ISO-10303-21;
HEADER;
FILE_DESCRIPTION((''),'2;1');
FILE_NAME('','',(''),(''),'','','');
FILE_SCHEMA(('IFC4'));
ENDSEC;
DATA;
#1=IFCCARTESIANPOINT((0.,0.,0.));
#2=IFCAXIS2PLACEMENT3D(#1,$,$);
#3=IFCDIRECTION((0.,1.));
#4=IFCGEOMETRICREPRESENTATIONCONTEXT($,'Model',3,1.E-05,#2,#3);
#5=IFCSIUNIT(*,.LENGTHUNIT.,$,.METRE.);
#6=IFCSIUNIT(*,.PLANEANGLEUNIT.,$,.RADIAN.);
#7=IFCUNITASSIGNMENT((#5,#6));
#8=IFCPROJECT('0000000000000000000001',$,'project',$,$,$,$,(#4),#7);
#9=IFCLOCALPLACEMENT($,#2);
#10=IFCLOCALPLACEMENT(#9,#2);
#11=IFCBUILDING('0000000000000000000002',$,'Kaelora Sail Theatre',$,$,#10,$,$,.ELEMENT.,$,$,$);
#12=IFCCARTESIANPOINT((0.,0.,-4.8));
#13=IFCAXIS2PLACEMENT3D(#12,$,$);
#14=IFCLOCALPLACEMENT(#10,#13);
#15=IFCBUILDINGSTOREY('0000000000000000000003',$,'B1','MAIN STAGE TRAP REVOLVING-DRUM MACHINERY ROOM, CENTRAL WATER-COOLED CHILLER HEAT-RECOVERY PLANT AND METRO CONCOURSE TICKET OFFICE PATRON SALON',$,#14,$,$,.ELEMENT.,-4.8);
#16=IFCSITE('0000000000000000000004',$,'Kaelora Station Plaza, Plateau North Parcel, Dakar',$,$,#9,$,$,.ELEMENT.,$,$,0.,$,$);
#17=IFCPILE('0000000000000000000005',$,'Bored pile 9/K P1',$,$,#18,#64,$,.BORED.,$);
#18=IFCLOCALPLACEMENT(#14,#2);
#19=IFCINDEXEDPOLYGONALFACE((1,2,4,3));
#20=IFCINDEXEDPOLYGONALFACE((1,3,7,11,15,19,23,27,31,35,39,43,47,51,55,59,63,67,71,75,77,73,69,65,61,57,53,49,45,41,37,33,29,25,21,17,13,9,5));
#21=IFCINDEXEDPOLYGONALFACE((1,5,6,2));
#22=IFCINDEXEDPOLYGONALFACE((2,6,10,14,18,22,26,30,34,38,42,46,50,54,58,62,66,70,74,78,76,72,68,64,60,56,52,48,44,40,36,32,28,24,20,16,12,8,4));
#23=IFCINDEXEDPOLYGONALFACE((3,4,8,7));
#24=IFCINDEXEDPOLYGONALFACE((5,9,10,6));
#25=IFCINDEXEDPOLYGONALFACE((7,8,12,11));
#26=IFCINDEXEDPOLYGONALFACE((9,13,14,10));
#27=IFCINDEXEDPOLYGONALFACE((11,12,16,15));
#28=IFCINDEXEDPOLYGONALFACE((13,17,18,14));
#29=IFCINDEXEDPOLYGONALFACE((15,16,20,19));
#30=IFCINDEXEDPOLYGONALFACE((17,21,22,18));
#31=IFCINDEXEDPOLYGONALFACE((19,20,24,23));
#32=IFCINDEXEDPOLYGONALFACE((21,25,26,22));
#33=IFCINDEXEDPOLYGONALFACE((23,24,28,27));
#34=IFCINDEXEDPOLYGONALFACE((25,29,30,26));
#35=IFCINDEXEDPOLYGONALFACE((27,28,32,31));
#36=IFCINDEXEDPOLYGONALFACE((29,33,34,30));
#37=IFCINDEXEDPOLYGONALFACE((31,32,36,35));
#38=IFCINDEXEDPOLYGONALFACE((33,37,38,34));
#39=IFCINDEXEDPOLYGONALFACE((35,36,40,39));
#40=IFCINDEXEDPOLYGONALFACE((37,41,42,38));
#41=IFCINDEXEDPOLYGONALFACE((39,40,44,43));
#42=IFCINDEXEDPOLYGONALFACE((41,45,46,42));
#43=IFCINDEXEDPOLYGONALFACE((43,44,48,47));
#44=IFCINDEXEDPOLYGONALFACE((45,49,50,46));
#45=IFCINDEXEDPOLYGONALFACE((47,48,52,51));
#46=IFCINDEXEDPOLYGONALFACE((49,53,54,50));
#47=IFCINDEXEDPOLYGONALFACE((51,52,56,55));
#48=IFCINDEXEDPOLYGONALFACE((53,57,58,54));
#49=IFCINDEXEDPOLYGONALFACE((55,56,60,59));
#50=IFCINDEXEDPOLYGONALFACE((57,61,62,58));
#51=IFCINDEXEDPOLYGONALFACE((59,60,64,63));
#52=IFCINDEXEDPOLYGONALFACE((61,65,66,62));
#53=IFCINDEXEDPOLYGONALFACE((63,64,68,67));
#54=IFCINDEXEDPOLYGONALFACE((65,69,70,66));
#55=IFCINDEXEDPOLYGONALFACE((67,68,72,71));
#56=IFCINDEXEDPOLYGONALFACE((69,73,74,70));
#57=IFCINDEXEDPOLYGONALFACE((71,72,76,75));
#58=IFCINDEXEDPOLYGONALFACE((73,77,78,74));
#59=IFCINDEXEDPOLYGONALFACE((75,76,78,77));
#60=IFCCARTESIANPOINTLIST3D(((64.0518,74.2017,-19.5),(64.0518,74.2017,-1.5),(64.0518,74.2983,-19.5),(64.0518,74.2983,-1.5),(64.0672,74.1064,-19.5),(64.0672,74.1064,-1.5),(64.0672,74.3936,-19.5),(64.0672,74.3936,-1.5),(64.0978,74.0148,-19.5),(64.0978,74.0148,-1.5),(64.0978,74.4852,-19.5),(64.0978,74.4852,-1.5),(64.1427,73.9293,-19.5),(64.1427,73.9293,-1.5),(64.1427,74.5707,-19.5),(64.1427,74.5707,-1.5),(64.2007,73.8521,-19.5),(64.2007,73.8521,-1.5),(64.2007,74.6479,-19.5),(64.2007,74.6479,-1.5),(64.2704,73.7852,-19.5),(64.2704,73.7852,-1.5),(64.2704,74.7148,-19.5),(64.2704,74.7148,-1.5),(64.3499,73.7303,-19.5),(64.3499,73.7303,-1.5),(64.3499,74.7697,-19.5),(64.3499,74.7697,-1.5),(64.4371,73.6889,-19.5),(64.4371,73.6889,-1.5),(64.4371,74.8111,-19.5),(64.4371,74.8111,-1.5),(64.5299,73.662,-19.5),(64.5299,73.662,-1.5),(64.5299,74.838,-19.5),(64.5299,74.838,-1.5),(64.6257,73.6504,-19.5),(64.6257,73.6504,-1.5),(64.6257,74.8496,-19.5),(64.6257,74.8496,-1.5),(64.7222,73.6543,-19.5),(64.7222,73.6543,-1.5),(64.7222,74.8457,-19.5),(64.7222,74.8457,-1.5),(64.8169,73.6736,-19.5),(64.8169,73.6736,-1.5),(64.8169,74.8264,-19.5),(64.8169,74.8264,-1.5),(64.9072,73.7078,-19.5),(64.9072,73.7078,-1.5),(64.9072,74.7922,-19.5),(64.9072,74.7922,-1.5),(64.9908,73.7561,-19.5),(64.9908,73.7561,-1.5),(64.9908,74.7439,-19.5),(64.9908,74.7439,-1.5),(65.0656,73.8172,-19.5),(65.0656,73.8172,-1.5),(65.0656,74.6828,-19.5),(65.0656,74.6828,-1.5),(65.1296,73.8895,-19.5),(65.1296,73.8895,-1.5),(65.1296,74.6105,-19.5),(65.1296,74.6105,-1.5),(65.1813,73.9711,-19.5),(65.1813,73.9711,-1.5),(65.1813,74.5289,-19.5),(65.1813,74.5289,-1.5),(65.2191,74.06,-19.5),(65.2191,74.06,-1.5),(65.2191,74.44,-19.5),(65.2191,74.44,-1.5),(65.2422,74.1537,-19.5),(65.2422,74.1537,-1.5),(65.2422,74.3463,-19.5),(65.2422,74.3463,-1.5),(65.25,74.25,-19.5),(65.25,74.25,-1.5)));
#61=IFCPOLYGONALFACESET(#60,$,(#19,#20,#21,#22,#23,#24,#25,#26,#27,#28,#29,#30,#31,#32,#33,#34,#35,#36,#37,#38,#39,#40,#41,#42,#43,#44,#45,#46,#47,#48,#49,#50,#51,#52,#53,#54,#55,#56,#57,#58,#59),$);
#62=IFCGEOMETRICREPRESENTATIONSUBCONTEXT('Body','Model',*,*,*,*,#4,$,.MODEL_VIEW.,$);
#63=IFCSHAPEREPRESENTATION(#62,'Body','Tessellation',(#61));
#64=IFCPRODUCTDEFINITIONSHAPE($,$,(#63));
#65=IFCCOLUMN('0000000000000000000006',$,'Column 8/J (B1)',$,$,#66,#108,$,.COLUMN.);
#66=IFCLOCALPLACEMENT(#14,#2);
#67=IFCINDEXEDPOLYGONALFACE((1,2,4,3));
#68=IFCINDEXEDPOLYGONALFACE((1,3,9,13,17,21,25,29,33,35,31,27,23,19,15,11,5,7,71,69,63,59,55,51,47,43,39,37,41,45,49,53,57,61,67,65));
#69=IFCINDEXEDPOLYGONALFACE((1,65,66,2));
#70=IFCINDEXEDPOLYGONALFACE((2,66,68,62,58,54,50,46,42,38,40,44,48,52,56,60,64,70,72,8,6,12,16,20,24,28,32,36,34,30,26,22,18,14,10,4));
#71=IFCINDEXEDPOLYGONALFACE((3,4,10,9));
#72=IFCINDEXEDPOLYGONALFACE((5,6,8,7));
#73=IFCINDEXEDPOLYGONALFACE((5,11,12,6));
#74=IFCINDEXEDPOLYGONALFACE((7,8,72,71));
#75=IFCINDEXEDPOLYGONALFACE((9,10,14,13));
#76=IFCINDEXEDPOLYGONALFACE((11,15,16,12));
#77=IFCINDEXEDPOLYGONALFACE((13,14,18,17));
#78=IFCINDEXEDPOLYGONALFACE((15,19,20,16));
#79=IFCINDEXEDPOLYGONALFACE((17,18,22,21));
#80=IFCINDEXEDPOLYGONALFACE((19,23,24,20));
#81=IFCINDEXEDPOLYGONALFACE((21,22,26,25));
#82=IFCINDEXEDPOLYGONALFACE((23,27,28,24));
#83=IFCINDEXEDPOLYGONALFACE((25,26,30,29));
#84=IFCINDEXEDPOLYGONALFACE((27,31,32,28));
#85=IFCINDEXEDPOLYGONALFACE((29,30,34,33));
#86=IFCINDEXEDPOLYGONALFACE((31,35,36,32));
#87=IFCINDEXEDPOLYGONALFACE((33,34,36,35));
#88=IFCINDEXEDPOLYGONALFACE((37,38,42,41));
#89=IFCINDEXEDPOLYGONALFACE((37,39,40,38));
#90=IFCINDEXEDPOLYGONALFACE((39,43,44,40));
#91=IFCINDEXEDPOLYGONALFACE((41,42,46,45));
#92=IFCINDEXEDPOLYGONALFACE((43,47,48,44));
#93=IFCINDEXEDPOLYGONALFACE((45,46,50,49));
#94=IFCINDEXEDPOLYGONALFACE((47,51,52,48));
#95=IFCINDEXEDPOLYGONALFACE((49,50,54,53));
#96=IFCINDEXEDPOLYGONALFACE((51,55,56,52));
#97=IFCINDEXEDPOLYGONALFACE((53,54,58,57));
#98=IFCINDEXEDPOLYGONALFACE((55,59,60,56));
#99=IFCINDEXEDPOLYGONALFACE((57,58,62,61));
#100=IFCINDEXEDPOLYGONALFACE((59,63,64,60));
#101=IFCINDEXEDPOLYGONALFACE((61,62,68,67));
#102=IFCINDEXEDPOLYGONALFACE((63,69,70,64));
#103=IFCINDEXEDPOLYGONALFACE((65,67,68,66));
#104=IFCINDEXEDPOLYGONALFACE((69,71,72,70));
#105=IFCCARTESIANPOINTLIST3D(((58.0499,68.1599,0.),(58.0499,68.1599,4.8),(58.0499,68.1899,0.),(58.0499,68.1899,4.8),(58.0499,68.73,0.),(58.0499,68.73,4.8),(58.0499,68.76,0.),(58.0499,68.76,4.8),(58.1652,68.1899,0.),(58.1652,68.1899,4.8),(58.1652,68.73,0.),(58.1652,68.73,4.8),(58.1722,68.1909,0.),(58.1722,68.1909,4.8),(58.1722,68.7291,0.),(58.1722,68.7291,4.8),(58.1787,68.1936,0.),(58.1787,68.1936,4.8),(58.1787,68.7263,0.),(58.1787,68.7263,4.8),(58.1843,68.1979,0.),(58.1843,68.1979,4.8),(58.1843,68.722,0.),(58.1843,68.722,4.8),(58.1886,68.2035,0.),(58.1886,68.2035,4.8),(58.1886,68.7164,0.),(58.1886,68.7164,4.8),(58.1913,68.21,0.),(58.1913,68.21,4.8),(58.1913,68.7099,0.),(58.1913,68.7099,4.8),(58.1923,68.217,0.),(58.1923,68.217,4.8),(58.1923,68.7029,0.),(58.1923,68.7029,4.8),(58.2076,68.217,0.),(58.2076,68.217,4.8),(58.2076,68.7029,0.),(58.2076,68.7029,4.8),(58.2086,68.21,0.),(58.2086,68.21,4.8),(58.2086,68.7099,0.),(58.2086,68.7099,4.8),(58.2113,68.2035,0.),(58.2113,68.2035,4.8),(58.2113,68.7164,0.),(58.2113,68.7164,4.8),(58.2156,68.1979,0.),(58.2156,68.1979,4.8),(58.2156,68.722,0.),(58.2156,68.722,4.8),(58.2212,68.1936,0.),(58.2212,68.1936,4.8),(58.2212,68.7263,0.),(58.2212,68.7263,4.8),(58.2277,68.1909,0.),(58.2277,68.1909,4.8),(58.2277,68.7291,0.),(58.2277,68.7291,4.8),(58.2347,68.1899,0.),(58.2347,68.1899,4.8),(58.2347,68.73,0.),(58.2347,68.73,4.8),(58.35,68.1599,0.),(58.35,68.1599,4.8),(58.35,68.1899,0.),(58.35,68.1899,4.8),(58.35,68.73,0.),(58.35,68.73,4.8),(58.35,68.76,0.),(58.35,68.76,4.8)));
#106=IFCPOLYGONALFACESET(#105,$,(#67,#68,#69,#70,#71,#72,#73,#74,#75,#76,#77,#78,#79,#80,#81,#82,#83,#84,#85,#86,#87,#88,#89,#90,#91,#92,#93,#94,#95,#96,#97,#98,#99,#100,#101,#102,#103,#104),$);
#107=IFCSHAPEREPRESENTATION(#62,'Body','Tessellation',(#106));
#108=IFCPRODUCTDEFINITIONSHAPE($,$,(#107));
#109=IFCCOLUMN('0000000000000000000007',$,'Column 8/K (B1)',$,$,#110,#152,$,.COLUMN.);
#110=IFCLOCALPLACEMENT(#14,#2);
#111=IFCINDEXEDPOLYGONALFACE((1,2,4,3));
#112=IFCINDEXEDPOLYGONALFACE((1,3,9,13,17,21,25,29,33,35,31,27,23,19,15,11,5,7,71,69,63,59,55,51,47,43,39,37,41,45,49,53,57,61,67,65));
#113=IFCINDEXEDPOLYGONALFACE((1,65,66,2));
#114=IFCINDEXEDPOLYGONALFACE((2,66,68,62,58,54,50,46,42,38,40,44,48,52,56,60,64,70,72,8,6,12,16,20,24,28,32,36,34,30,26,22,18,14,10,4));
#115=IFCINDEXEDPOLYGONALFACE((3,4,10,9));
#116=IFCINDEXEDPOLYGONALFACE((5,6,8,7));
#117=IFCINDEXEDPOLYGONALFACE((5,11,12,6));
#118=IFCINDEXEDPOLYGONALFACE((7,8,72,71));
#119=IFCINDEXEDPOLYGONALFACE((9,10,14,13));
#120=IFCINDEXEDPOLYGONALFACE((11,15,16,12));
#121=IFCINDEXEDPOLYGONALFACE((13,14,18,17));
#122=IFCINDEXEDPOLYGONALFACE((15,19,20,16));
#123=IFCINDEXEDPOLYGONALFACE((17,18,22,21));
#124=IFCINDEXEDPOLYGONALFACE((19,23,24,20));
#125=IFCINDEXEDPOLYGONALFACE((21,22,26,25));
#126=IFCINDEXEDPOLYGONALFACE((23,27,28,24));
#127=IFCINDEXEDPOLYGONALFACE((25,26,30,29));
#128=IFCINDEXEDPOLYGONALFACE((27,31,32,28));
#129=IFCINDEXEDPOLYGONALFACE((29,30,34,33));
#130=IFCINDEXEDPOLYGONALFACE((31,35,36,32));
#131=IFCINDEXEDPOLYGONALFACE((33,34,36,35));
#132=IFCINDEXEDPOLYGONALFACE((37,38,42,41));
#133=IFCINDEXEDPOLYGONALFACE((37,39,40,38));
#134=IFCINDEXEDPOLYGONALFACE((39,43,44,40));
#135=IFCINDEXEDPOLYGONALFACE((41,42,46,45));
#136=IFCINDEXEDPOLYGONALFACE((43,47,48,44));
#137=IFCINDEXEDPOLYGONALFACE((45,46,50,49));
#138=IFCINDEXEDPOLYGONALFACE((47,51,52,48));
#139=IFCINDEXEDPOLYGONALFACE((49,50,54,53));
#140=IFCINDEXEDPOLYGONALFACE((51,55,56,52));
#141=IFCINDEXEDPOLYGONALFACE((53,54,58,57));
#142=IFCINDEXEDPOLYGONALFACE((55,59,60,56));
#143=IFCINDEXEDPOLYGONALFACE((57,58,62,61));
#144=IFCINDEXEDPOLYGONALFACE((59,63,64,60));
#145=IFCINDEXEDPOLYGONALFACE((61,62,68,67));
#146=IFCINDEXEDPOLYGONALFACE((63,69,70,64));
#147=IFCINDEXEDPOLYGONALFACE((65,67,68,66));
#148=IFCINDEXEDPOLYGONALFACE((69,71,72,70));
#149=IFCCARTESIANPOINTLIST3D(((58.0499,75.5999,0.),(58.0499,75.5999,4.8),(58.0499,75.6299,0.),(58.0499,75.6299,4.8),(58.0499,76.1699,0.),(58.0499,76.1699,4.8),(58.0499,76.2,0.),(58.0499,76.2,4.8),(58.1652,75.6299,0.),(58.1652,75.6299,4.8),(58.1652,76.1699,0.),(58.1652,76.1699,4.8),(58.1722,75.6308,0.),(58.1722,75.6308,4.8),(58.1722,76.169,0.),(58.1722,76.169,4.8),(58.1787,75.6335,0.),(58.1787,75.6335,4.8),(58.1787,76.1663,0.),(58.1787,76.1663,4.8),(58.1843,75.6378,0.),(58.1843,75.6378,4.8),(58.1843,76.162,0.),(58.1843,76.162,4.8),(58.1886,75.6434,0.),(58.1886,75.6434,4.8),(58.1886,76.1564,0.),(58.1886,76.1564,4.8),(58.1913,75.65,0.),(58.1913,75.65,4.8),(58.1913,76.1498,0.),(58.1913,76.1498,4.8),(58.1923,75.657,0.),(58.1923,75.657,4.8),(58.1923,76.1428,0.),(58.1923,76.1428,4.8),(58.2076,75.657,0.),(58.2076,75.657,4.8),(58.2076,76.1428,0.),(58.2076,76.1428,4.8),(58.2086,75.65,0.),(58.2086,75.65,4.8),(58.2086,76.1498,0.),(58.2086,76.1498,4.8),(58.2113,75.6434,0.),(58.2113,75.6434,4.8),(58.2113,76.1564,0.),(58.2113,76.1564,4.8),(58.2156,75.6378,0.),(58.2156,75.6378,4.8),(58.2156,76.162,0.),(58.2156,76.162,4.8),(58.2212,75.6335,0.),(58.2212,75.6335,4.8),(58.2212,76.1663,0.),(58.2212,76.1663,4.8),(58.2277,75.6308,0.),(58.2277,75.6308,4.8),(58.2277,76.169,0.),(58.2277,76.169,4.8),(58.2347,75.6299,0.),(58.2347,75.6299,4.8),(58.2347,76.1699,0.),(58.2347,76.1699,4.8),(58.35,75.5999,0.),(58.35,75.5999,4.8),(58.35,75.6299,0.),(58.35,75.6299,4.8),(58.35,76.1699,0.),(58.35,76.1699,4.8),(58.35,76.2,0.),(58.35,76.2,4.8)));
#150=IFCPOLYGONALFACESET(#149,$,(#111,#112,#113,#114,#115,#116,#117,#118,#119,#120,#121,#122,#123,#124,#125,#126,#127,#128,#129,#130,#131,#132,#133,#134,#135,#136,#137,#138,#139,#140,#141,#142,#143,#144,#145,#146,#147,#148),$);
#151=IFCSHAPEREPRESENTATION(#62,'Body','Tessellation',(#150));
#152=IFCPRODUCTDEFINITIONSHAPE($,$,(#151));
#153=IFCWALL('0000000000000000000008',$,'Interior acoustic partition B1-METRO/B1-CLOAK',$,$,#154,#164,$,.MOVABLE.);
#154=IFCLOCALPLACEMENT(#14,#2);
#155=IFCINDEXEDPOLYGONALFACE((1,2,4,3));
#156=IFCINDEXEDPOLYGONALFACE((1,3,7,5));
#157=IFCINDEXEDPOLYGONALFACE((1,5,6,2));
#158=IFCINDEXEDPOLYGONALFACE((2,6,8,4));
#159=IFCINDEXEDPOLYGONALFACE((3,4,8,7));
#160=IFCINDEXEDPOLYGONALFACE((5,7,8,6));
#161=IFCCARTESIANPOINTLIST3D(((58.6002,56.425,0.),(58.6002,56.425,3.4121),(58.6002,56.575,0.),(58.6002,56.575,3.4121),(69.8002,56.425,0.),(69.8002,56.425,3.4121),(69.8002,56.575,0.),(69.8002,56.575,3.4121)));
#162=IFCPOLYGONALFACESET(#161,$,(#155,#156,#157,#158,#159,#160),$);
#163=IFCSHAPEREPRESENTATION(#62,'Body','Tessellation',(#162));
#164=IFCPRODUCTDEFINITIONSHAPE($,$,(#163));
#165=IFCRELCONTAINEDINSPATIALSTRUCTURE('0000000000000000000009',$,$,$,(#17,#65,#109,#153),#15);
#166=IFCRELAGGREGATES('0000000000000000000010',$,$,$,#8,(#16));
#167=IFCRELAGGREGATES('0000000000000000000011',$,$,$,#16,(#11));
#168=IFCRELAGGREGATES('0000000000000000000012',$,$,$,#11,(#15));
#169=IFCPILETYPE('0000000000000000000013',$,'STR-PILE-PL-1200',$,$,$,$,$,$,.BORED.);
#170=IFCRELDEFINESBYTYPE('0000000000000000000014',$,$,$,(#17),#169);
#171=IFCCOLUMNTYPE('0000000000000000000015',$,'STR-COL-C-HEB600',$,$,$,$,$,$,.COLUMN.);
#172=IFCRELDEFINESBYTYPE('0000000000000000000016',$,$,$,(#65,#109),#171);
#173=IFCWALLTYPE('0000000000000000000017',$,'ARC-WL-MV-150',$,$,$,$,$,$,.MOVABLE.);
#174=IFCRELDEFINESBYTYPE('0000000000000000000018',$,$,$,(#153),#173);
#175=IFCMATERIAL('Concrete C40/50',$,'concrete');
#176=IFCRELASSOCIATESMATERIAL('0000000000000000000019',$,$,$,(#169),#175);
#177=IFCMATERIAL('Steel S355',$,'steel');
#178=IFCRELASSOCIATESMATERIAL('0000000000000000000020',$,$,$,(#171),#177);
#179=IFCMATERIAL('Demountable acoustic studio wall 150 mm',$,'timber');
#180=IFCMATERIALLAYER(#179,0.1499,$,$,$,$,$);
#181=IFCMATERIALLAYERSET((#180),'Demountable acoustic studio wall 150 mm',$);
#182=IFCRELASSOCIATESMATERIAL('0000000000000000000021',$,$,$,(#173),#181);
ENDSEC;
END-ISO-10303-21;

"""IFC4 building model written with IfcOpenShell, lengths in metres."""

from ifc_helpers import new_model, si_unit, direction, frame, frame_2d, origin, origin_2d, place, context, subcontext, project, spatial, rectangle, circle, i_section, extrude, material, layer, layer_set, material_profile, profile_set, type_object, element, save


model = new_model("IFC4")

# Units and contexts
model_context = context("Model", 3, precision=1e-05, world=origin(), true_north=direction((0.0, 1.0)))
body_context = subcontext(model_context, "Body", "Model", "MODEL_VIEW")
ifc_project = project(units=[si_unit("LENGTHUNIT", "METRE"), si_unit("PLANEANGLEUNIT", "RADIAN")], contexts=[model_context])

# Site, building, storey
site_placement = place(None, origin())
site = spatial("IfcSite", under=ifc_project, at=site_placement, Name="Kaelora Station Plaza, Plateau North Parcel, Dakar", CompositionType="ELEMENT", RefElevation=0.0)
building_placement = place(site_placement, origin())
building = spatial("IfcBuilding", under=site, at=building_placement, Name="Kaelora Sail Theatre", CompositionType="ELEMENT")
storey_placement = place(building_placement, frame((0.0, 0.0, -4.8)))
storey = spatial("IfcBuildingStorey", under=building, at=storey_placement, Name="B1", Description="MAIN STAGE TRAP REVOLVING-DRUM MACHINERY ROOM, CENTRAL WATER-COOLED CHILLER HEAT-RECOVERY PLANT AND METRO CONCOURSE TICKET OFFICE PATRON SALON", CompositionType="ELEMENT", Elevation=-4.8)

# Pile
ifc_material_1 = material(Name="Concrete C40/50", Category="concrete")
ifc_material_profile_1 = material_profile(ifc_material_1, circle(Radius=0.6001, at=origin_2d()), Name="PILE D1200")
ifc_profile_set_1 = profile_set([ifc_material_profile_1], Name="Concrete C40/50")
pile_type_1 = type_object("IfcPileType", Name="STR-PILE-PL-1200", PredefinedType="BORED", material=ifc_profile_set_1)
for number, where, z_axis, x_axis, name in (
    (1, (64.6499, 74.25, -1.5), (0.0, 0.0, -1.0), (1.0, 0.0, 0.0), "Bored pile 9/K P1"),
):
    element("IfcPile", number, at=place(storey_placement, frame(where, z_axis=z_axis, x_axis=x_axis)), inside=storey, type_object=pile_type_1, Name=name, PredefinedType="BORED", context=body_context, shape_type="SweptSolid", body=[
        extrude(circle(Radius=0.6001, at=origin_2d()), origin(), (0.0, 0.0, 1.0), 18.0),
    ])

# Columns
ifc_material_2 = material(Name="Steel S355", Category="steel")
ifc_material_profile_2 = material_profile(ifc_material_2, i_section(OverallWidth=0.3, OverallDepth=0.6001, WebThickness=0.0154, FlangeThickness=0.03, FilletRadius=0.0271, at=origin_2d()), Name="HEB 600")
ifc_profile_set_2 = profile_set([ifc_material_profile_2], Name="Steel S355")
column_type = type_object("IfcColumnType", Name="STR-COL-C-HEB600", PredefinedType="COLUMN", material=ifc_profile_set_2)
for number, where, z_axis, x_axis, name in (
    (2, (58.2, 68.46, 0.0), (0.0, 0.0, 1.0), (1.0, 0.0, 0.0), "Column 8/J (B1)"),
    (3, (58.2, 75.8999, 0.0), (0.0, 0.0, 1.0), (1.0, 0.0, 0.0), "Column 8/K (B1)"),
):
    element("IfcColumn", number, at=place(storey_placement, frame(where, z_axis=z_axis, x_axis=x_axis)), inside=storey, type_object=column_type, Name=name, PredefinedType="COLUMN", context=body_context, shape_type="SweptSolid", body=[
        extrude(i_section(OverallWidth=0.3, OverallDepth=0.6001, WebThickness=0.0154, FlangeThickness=0.03, FilletRadius=0.0271, at=origin_2d()), origin(), (0.0, 0.0, 1.0), 4.8),
    ])

# Wall
ifc_material_3 = material(Name="Demountable acoustic studio wall 150 mm", Category="timber")
ifc_layer_1 = layer(ifc_material_3, 0.1499)
ifc_layer_set_1 = layer_set([ifc_layer_1], Name="Demountable acoustic studio wall 150 mm")
wall_type_1 = type_object("IfcWallType", Name="ARC-WL-MV-150", PredefinedType="MOVABLE", material=ifc_layer_set_1)
wall_1_placement = place(storey_placement, frame((58.6001, 56.5, 0.0), z_axis=(0.0, 0.0, 1.0), x_axis=(1.0, 0.0, 0.0)))
element("IfcWall", 4, at=wall_1_placement, inside=storey, type_object=wall_type_1, Name="Interior acoustic partition B1-METRO/B1-CLOAK", PredefinedType="MOVABLE", context=body_context, shape_type="SweptSolid", body=[
    extrude(rectangle(XDim=11.2, YDim=0.1499, at=frame_2d((5.6001, 0.0))), origin(), (0.0, 0.0, 1.0), 3.4121),
])

save(model, "model.ifc")
